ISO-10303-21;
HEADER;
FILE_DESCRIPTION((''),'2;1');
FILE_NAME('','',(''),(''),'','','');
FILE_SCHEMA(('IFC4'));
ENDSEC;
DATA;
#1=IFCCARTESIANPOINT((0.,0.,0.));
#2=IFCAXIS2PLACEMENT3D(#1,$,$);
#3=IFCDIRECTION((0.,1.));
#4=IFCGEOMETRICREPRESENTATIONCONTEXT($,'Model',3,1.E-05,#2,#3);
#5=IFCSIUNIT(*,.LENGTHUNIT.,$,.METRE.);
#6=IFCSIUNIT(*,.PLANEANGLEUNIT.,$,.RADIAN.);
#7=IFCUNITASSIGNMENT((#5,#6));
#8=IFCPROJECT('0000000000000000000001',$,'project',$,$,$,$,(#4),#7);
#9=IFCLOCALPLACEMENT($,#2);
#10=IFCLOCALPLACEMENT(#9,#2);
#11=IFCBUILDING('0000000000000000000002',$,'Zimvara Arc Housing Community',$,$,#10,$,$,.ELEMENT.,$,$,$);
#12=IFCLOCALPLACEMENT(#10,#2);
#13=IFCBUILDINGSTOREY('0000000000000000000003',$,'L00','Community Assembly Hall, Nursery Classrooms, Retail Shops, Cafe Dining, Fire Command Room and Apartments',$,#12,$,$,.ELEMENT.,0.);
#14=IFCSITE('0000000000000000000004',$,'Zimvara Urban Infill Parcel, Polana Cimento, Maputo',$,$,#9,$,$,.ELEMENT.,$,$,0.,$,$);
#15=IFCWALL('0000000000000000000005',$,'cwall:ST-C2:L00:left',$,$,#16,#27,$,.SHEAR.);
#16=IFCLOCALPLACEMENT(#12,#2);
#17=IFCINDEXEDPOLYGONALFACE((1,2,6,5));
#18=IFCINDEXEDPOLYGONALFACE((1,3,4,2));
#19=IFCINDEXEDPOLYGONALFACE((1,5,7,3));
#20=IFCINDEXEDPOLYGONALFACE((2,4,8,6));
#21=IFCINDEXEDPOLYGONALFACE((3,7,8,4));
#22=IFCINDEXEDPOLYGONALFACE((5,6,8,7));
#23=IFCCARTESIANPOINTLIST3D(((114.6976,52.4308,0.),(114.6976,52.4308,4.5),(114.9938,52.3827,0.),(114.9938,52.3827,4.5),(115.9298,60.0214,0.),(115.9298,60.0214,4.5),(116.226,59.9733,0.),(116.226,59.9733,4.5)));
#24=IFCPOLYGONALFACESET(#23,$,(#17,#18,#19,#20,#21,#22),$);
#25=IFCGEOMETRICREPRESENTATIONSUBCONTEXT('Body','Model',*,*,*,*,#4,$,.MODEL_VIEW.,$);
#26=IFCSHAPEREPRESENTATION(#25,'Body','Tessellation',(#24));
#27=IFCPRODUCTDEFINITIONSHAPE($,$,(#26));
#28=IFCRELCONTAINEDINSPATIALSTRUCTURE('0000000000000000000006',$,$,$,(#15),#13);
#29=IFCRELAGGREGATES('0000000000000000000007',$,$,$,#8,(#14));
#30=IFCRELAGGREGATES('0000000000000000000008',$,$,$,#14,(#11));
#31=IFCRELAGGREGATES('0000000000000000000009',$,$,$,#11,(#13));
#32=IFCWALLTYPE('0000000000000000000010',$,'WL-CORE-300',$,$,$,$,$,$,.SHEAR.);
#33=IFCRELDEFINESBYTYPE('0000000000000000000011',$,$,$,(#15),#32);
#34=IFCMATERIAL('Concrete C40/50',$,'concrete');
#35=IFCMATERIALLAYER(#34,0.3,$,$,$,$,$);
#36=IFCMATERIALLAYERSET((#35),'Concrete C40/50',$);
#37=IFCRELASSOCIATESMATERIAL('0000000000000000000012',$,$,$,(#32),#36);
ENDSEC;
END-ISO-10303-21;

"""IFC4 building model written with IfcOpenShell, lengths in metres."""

from ifc_helpers import new_model, si_unit, direction, frame, frame_2d, origin, place, context, subcontext, project, spatial, rectangle, extrude, material, layer, layer_set, type_object, element, save


model = new_model("IFC4")

# Units and contexts
model_context = context("Model", 3, precision=1e-05, world=origin(), true_north=direction((0.0, 1.0)))
body_context = subcontext(model_context, "Body", "Model", "MODEL_VIEW")
ifc_project = project(units=[si_unit("LENGTHUNIT", "METRE"), si_unit("PLANEANGLEUNIT", "RADIAN")], contexts=[model_context])

# Site, building, storey
site_placement = place(None, origin())
site = spatial("IfcSite", under=ifc_project, at=site_placement, Name="Zimvara Urban Infill Parcel, Polana Cimento, Maputo", CompositionType="ELEMENT", RefElevation=0.0)
building_placement = place(site_placement, origin())
building = spatial("IfcBuilding", under=site, at=building_placement, Name="Zimvara Arc Housing Community", CompositionType="ELEMENT")
storey_placement = place(building_placement, origin())
storey = spatial("IfcBuildingStorey", under=building, at=storey_placement, Name="L00", Description="Community Assembly Hall, Nursery Classrooms, Retail Shops, Cafe Dining, Fire Command Room and Apartments", CompositionType="ELEMENT", Elevation=0.0)

# Shared definitions
ifc_material_1 = material(Name="Concrete C40/50", Category="concrete")
ifc_layer_1 = layer(ifc_material_1, 0.3)
ifc_layer_set_1 = layer_set([ifc_layer_1], Name="Concrete C40/50")
wall_type_1 = type_object("IfcWallType", Name="WL-CORE-300", PredefinedType="SHEAR", material=ifc_layer_set_1)

# Wall
wall_1_placement = place(storey_placement, frame((116.0779, 59.9973, 0.0), z_axis=(0.0, 0.0, 1.0), x_axis=(-0.160233, -0.987079, 0.0)))
element("IfcWall", 1, at=wall_1_placement, inside=storey, type_object=wall_type_1, Name="cwall:ST-C2:L00:left", PredefinedType="SHEAR", context=body_context, shape_type="SweptSolid", body=[
    extrude(rectangle(XDim=7.6899, YDim=0.3, at=frame_2d((3.845, 0.0))), origin(), (0.0, 0.0, 1.0), 4.5),
])

save(model, "model.ifc")
